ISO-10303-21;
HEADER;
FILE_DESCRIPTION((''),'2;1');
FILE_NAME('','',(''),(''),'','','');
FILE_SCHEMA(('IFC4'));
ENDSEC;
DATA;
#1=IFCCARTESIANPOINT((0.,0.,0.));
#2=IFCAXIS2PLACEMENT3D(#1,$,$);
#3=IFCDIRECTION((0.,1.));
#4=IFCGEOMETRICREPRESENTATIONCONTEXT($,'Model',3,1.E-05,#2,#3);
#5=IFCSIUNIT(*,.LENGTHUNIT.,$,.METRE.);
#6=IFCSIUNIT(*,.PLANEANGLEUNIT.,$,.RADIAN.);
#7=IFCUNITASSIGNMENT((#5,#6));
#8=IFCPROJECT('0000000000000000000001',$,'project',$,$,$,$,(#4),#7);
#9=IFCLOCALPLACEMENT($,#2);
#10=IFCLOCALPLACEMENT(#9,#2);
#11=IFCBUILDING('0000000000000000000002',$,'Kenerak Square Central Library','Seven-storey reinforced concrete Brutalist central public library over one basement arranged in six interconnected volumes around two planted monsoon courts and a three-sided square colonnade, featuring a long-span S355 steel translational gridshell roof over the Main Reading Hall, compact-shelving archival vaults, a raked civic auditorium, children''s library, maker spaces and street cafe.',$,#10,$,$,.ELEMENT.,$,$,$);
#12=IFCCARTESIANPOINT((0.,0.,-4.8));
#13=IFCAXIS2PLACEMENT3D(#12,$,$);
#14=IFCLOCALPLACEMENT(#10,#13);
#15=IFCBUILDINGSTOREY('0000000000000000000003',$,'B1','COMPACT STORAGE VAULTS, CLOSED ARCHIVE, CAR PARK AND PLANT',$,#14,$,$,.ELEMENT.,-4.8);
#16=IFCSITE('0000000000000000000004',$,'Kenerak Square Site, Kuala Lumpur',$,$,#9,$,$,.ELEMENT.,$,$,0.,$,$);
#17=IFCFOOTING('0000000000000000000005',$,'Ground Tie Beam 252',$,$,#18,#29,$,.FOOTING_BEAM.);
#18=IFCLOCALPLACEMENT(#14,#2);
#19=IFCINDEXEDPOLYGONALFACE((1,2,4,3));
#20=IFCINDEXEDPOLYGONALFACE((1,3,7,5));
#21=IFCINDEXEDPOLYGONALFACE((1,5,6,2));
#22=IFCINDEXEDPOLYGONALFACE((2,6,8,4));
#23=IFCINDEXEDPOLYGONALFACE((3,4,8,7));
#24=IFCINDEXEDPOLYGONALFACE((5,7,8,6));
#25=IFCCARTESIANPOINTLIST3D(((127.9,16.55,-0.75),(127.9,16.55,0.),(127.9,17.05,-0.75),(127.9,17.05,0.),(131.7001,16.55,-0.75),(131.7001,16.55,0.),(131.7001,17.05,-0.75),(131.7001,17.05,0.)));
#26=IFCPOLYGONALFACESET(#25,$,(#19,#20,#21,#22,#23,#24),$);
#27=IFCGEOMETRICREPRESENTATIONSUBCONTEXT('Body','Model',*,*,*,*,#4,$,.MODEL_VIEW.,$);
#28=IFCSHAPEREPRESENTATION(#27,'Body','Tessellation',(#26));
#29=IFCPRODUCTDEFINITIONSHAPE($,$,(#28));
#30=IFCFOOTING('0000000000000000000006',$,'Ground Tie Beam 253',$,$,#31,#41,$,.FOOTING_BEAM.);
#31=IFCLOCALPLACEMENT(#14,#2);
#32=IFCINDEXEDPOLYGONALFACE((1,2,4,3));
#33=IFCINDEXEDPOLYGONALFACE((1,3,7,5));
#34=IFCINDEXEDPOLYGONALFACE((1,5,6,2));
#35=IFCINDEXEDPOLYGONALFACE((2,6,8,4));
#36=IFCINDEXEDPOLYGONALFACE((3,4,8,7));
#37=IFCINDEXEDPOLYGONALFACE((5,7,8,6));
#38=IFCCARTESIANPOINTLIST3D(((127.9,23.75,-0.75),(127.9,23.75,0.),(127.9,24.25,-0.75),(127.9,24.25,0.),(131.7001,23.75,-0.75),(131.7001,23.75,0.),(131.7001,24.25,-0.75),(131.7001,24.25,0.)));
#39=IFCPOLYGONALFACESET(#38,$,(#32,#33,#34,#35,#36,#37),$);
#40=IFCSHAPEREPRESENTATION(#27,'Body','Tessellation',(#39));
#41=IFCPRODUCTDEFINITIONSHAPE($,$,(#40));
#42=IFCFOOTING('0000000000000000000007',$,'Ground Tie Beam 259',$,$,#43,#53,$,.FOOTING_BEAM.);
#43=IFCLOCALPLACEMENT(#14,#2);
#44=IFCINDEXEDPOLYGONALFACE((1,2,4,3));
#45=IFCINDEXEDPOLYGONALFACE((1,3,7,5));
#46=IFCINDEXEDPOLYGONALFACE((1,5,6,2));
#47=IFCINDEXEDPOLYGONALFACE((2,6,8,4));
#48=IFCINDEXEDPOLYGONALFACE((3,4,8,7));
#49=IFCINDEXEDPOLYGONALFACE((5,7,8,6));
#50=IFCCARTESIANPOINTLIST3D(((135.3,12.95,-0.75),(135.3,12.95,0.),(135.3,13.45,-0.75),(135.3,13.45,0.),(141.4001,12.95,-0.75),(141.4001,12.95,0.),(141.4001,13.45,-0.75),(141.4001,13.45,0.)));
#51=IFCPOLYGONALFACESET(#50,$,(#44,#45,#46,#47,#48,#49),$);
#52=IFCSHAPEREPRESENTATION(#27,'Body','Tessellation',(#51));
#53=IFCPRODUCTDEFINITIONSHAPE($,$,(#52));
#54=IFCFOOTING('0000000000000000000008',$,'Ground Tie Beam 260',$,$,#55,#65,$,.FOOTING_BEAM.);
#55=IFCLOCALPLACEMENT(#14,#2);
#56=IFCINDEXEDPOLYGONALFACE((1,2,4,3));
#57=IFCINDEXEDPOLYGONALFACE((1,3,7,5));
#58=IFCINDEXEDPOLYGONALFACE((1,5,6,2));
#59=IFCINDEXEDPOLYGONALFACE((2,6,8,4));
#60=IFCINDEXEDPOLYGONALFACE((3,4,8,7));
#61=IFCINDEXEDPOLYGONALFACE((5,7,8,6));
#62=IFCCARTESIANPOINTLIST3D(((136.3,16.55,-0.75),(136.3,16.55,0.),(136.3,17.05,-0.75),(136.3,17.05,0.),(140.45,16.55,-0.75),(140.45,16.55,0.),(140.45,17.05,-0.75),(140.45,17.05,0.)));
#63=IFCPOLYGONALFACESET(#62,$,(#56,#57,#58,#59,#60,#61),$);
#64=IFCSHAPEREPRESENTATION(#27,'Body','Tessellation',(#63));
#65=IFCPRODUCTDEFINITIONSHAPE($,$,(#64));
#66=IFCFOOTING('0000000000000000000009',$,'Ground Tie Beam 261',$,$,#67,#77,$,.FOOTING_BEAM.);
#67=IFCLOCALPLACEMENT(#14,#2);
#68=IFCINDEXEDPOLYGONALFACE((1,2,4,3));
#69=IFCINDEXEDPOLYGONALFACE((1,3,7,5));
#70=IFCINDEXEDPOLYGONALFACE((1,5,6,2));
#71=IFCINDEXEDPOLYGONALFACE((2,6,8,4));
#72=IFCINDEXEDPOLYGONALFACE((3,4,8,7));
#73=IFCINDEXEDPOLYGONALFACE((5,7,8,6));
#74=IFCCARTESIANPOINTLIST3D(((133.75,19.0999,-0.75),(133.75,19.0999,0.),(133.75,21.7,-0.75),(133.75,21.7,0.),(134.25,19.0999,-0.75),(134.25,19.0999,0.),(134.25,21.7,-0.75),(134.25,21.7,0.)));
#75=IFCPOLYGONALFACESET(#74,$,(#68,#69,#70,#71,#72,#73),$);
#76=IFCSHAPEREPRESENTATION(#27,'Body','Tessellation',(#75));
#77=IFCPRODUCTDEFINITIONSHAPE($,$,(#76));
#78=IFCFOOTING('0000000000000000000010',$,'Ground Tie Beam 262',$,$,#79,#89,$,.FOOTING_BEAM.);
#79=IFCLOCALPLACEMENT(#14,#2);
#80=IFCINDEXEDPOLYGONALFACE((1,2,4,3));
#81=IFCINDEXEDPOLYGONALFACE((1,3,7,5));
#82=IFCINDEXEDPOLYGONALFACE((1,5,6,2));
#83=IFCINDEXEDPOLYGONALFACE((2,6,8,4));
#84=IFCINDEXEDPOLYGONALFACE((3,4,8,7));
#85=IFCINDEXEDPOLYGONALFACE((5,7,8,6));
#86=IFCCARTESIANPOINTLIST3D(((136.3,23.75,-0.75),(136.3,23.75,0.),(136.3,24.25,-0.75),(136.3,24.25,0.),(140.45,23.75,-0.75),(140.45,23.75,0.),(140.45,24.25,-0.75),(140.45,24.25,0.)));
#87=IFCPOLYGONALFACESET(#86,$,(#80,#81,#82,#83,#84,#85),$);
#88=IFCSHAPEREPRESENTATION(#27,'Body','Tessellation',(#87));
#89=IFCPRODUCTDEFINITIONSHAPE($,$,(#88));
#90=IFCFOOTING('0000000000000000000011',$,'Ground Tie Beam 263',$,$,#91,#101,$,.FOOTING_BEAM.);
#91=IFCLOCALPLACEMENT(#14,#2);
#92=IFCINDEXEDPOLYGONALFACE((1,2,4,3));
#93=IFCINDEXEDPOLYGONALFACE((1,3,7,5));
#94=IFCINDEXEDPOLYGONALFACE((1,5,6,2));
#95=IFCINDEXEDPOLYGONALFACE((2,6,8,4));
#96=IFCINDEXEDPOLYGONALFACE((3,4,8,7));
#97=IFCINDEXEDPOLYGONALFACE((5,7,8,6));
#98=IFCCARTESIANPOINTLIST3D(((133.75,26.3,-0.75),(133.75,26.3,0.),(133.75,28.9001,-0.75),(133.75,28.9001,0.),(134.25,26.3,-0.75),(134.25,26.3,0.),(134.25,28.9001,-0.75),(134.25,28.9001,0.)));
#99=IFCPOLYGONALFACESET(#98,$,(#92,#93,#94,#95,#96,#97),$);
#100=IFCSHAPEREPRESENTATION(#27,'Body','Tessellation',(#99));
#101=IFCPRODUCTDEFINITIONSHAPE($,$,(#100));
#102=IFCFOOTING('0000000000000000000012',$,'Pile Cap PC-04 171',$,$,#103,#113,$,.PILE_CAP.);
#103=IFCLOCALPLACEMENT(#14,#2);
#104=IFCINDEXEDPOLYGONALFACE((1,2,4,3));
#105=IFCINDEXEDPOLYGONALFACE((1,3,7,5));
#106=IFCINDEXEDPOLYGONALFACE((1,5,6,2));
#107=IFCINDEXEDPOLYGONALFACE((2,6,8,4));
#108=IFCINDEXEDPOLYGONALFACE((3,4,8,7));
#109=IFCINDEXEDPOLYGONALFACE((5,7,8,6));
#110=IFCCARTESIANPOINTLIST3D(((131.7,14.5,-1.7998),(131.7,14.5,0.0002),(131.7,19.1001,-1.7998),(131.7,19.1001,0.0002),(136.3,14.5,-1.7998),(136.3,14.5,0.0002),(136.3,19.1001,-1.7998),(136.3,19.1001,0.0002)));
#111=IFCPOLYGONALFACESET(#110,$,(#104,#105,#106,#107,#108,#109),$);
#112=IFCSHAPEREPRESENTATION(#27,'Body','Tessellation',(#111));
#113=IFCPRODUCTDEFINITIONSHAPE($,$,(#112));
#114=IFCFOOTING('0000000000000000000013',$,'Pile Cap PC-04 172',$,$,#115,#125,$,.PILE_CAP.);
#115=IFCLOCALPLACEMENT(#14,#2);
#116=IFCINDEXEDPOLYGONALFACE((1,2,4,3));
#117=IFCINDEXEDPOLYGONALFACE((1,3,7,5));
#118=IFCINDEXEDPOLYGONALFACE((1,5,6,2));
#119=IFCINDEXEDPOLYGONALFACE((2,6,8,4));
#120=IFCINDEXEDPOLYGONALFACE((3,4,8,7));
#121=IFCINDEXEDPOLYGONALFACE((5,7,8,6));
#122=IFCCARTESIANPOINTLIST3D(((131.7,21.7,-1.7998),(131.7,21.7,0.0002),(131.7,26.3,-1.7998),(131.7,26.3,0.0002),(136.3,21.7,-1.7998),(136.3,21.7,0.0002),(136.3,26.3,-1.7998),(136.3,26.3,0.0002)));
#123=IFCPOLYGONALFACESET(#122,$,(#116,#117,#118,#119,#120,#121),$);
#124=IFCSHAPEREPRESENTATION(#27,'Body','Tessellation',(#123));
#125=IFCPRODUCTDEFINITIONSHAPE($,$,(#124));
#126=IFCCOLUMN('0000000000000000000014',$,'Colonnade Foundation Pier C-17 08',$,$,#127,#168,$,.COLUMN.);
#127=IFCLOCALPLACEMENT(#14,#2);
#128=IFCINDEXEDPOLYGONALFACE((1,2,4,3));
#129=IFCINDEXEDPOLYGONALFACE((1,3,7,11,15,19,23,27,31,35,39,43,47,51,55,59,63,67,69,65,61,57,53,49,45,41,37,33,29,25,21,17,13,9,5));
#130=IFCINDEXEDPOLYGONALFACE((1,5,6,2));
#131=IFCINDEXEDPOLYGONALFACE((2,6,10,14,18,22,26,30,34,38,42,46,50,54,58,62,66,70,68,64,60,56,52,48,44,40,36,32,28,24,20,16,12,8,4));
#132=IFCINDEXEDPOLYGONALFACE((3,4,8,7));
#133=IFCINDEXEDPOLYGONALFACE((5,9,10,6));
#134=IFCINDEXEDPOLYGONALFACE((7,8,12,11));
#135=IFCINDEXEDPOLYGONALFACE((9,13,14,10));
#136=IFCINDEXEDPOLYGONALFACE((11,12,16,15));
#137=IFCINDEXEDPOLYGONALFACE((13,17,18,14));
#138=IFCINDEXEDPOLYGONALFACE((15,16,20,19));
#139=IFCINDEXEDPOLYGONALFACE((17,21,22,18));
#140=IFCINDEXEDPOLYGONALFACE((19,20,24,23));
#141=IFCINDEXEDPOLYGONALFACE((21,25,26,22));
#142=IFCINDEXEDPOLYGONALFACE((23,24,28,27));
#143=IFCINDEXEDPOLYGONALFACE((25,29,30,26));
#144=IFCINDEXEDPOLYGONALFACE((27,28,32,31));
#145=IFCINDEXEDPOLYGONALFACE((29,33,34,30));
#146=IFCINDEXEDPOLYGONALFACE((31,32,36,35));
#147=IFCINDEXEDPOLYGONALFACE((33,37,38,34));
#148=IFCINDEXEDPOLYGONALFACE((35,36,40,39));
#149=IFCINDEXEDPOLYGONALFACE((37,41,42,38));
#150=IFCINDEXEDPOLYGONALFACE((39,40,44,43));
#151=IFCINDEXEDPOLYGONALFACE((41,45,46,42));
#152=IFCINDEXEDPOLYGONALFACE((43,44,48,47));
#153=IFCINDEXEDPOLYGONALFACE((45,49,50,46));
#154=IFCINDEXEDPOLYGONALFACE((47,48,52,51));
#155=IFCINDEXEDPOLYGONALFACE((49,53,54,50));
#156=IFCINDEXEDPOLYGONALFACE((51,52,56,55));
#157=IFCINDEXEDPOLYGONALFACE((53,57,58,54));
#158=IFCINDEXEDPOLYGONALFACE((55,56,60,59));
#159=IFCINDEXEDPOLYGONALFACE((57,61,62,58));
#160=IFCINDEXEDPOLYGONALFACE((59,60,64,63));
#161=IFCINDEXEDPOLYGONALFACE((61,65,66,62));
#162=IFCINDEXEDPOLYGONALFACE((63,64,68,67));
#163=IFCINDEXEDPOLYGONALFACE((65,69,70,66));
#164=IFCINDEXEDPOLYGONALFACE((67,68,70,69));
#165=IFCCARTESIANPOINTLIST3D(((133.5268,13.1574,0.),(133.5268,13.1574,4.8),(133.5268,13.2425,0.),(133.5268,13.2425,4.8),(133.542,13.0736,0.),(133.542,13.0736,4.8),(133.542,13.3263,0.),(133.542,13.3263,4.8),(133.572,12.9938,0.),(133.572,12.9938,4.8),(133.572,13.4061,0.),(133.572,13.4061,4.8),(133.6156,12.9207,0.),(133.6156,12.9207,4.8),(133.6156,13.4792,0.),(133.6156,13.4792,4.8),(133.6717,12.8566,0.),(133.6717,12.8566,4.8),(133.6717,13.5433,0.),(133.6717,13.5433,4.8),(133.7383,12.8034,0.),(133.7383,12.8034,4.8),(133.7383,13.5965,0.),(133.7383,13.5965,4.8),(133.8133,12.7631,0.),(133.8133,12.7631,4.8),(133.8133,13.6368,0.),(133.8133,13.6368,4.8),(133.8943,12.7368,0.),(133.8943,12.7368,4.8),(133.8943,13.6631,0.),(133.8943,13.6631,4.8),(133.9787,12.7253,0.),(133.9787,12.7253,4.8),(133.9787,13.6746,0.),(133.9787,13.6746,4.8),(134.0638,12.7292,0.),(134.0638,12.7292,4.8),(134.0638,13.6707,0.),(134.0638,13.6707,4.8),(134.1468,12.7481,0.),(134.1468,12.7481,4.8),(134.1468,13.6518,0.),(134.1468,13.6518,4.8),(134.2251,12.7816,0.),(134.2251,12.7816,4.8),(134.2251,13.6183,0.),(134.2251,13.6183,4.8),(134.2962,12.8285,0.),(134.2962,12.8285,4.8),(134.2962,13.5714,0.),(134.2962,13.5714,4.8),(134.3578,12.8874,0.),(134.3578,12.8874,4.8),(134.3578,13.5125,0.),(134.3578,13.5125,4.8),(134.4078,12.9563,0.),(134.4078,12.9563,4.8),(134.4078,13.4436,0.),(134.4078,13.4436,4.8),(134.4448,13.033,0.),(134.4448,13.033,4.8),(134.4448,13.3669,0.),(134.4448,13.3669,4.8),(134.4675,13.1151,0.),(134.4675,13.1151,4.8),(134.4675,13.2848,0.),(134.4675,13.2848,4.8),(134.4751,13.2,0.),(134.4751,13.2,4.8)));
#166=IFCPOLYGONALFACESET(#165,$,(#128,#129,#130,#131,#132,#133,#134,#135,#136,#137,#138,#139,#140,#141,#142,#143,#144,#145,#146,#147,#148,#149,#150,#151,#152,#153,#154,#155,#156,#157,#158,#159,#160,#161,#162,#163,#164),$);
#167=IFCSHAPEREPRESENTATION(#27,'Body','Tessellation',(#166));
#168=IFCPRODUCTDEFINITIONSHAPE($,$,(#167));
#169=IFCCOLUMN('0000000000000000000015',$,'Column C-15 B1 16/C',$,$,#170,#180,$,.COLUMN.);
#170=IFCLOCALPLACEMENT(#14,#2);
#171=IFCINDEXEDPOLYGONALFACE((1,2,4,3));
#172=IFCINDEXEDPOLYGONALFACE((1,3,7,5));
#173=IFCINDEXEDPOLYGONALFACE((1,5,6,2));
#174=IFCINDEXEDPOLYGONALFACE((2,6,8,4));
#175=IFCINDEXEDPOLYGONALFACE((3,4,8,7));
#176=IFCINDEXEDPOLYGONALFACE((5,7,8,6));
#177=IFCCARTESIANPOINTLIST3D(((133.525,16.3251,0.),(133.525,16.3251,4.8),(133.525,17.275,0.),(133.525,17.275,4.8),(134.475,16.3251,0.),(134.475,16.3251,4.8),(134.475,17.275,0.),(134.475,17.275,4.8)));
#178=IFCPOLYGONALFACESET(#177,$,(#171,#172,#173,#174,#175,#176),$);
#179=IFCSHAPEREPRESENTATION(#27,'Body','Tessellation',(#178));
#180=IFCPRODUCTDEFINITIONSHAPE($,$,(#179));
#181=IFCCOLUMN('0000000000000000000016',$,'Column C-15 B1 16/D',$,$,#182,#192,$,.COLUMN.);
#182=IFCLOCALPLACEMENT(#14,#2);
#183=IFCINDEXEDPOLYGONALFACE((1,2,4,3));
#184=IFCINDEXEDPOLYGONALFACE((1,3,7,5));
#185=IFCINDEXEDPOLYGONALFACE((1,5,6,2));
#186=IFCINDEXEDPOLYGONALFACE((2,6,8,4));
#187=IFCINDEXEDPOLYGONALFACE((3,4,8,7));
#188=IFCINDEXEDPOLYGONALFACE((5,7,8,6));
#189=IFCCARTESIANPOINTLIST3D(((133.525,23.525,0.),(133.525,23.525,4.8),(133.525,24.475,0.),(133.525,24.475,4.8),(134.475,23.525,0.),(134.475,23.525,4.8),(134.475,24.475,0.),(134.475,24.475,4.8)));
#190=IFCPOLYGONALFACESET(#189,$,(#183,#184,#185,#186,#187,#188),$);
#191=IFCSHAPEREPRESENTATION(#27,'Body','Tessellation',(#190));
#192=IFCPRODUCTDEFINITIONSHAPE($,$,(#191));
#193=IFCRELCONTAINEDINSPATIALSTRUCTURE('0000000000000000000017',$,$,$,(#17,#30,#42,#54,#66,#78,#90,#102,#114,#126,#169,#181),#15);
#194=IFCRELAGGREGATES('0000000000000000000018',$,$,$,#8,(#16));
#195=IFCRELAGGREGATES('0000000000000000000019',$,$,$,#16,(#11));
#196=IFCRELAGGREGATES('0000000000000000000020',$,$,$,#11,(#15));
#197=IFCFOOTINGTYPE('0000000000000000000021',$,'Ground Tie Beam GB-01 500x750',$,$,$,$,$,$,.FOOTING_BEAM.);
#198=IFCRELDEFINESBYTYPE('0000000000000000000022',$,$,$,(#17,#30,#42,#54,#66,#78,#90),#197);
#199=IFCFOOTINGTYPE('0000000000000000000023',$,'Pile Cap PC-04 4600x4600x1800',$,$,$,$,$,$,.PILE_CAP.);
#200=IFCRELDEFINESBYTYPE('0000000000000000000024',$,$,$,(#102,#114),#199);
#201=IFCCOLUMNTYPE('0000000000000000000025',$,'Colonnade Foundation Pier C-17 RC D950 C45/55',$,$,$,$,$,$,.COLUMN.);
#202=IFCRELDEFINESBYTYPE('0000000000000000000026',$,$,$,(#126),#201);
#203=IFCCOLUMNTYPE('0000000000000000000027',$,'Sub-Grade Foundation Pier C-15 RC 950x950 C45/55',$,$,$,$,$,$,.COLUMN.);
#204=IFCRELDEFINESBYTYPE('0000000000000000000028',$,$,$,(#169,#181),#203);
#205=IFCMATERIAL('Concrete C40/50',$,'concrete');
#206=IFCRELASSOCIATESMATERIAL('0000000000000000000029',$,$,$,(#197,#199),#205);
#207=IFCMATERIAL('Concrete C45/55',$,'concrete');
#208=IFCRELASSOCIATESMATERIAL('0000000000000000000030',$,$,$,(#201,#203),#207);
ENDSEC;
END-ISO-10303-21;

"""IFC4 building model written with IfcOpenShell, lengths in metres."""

from ifc_helpers import new_model, si_unit, direction, frame, origin, origin_2d, place, context, subcontext, project, spatial, rectangle, circle, extrude, material, material_profile, profile_set, type_object, element, save


model = new_model("IFC4")

# Units and contexts
model_context = context("Model", 3, precision=1e-05, world=origin(), true_north=direction((0.0, 1.0)))
body_context = subcontext(model_context, "Body", "Model", "MODEL_VIEW")
ifc_project = project(units=[si_unit("LENGTHUNIT", "METRE"), si_unit("PLANEANGLEUNIT", "RADIAN")], contexts=[model_context])

# Site, building, storey
site_placement = place(None, origin())
site = spatial("IfcSite", under=ifc_project, at=site_placement, Name="Kenerak Square Site, Kuala Lumpur", CompositionType="ELEMENT", RefElevation=0.0)
building_placement = place(site_placement, origin())
building = spatial("IfcBuilding", under=site, at=building_placement, Name="Kenerak Square Central Library", Description="Seven-storey reinforced concrete Brutalist central public library over one basement arranged in six interconnected volumes around two planted monsoon courts and a three-sided square colonnade, featuring a long-span S355 steel translational gridshell roof over the Main Reading Hall, compact-shelving archival vaults, a raked civic auditorium, children's library, maker spaces and street cafe.", CompositionType="ELEMENT")
storey_placement = place(building_placement, frame((0.0, 0.0, -4.8)))
storey = spatial("IfcBuildingStorey", under=building, at=storey_placement, Name="B1", Description="COMPACT STORAGE VAULTS, CLOSED ARCHIVE, CAR PARK AND PLANT", CompositionType="ELEMENT", Elevation=-4.8)

# Shared definitions
ifc_material_1 = material(Name="Concrete C40/50", Category="concrete")

# Footings
footing_type_1 = type_object("IfcFootingType", Name="Ground Tie Beam GB-01 500x750", PredefinedType="FOOTING_BEAM", material=ifc_material_1)
for number, where, z_axis, x_axis, name in (
    (1, (129.8, 16.8, -0.75), (0.0, 0.0, 1.0), (1.0, 0.0, 0.0), "Ground Tie Beam 252"),
    (2, (129.8, 24.0, -0.75), (0.0, 0.0, 1.0), (1.0, 0.0, 0.0), "Ground Tie Beam 253"),
):
    element("IfcFooting", number, at=place(storey_placement, frame(where, z_axis=z_axis, x_axis=x_axis)), inside=storey, type_object=footing_type_1, Name=name, PredefinedType="FOOTING_BEAM", context=body_context, shape_type="SweptSolid", body=[
        extrude(rectangle(XDim=3.8, YDim=0.5, at=origin_2d()), origin(), (0.0, 0.0, 1.0), 0.75),
    ])
footing_1_placement = place(storey_placement, frame((138.3501, 13.2, -0.75), z_axis=(0.0, 0.0, 1.0), x_axis=(1.0, 0.0, 0.0)))
element("IfcFooting", 3, at=footing_1_placement, inside=storey, type_object=footing_type_1, Name="Ground Tie Beam 259", PredefinedType="FOOTING_BEAM", context=body_context, shape_type="SweptSolid", body=[
    extrude(rectangle(XDim=6.1001, YDim=0.5, at=origin_2d()), origin(), (0.0, 0.0, 1.0), 0.75),
])
footing_2_placement = place(storey_placement, frame((138.375, 16.8, -0.75), z_axis=(0.0, 0.0, 1.0), x_axis=(1.0, 0.0, 0.0)))
element("IfcFooting", 4, at=footing_2_placement, inside=storey, type_object=footing_type_1, Name="Ground Tie Beam 260", PredefinedType="FOOTING_BEAM", context=body_context, shape_type="SweptSolid", body=[
    extrude(rectangle(XDim=4.1499, YDim=0.5, at=origin_2d()), origin(), (0.0, 0.0, 1.0), 0.75),
])
footing_3_placement = place(storey_placement, frame((134.0, 20.3999, -0.75), z_axis=(0.0, 0.0, 1.0), x_axis=(1.0, 0.0, 0.0)))
element("IfcFooting", 5, at=footing_3_placement, inside=storey, type_object=footing_type_1, Name="Ground Tie Beam 261", PredefinedType="FOOTING_BEAM", context=body_context, shape_type="SweptSolid", body=[
    extrude(rectangle(XDim=0.5, YDim=2.6001, at=origin_2d()), origin(), (0.0, 0.0, 1.0), 0.75),
])
footing_4_placement = place(storey_placement, frame((138.375, 24.0, -0.75), z_axis=(0.0, 0.0, 1.0), x_axis=(1.0, 0.0, 0.0)))
element("IfcFooting", 6, at=footing_4_placement, inside=storey, type_object=footing_type_1, Name="Ground Tie Beam 262", PredefinedType="FOOTING_BEAM", context=body_context, shape_type="SweptSolid", body=[
    extrude(rectangle(XDim=4.1499, YDim=0.5, at=origin_2d()), origin(), (0.0, 0.0, 1.0), 0.75),
])
footing_5_placement = place(storey_placement, frame((134.0, 27.6001, -0.75), z_axis=(0.0, 0.0, 1.0), x_axis=(1.0, 0.0, 0.0)))
element("IfcFooting", 7, at=footing_5_placement, inside=storey, type_object=footing_type_1, Name="Ground Tie Beam 263", PredefinedType="FOOTING_BEAM", context=body_context, shape_type="SweptSolid", body=[
    extrude(rectangle(XDim=0.5, YDim=2.6001, at=origin_2d()), origin(), (0.0, 0.0, 1.0), 0.75),
])
footing_type_2 = type_object("IfcFootingType", Name="Pile Cap PC-04 4600x4600x1800", PredefinedType="PILE_CAP", material=ifc_material_1)
for number, where, z_axis, x_axis, name in (
    (8, (134.0, 16.8, -1.7998), (0.0, 0.0, 1.0), (1.0, 0.0, 0.0), "Pile Cap PC-04 171"),
    (9, (134.0, 24.0, -1.7998), (0.0, 0.0, 1.0), (1.0, 0.0, 0.0), "Pile Cap PC-04 172"),
):
    element("IfcFooting", number, at=place(storey_placement, frame(where, z_axis=z_axis, x_axis=x_axis)), inside=storey, type_object=footing_type_2, Name=name, PredefinedType="PILE_CAP", context=body_context, shape_type="SweptSolid", body=[
        extrude(rectangle(XDim=4.6001, YDim=4.6001, at=origin_2d()), origin(), (0.0, 0.0, 1.0), 1.8),
    ])

# Columns
ifc_material_2 = material(Name="Concrete C45/55", Category="concrete")
ifc_material_profile_1 = material_profile(ifc_material_2, circle(Radius=0.4751, at=origin_2d()), Name="RC D950")
ifc_profile_set_1 = profile_set([ifc_material_profile_1], Name="Concrete C45/55")
column_type_1 = type_object("IfcColumnType", Name="Colonnade Foundation Pier C-17 RC D950 C45/55", PredefinedType="COLUMN", material=ifc_profile_set_1)
column_placement = place(storey_placement, frame((134.0, 13.2, 0.0), z_axis=(0.0, 0.0, 1.0), x_axis=(1.0, 0.0, 0.0)))
element("IfcColumn", 10, at=column_placement, inside=storey, type_object=column_type_1, Name="Colonnade Foundation Pier C-17 08", PredefinedType="COLUMN", context=body_context, shape_type="SweptSolid", body=[
    extrude(circle(Radius=0.4751, at=origin_2d()), origin(), (0.0, 0.0, 1.0), 4.8),
])
ifc_material_profile_2 = material_profile(ifc_material_2, rectangle(XDim=0.95, YDim=0.95, at=origin_2d()), Name="RC 950x950")
ifc_profile_set_2 = profile_set([ifc_material_profile_2], Name="Concrete C45/55")
column_type_2 = type_object("IfcColumnType", Name="Sub-Grade Foundation Pier C-15 RC 950x950 C45/55", PredefinedType="COLUMN", material=ifc_profile_set_2)
for number, where, z_axis, x_axis, name in (
    (11, (134.0, 16.8, 0.0), (0.0, 0.0, 1.0), (1.0, 0.0, 0.0), "Column C-15 B1 16/C"),
    (12, (134.0, 24.0, 0.0), (0.0, 0.0, 1.0), (1.0, 0.0, 0.0), "Column C-15 B1 16/D"),
):
    element("IfcColumn", number, at=place(storey_placement, frame(where, z_axis=z_axis, x_axis=x_axis)), inside=storey, type_object=column_type_2, Name=name, PredefinedType="COLUMN", context=body_context, shape_type="SweptSolid", body=[
        extrude(rectangle(XDim=0.95, YDim=0.95, at=origin_2d()), origin(), (0.0, 0.0, 1.0), 4.8),
    ])

save(model, "model.ifc")
